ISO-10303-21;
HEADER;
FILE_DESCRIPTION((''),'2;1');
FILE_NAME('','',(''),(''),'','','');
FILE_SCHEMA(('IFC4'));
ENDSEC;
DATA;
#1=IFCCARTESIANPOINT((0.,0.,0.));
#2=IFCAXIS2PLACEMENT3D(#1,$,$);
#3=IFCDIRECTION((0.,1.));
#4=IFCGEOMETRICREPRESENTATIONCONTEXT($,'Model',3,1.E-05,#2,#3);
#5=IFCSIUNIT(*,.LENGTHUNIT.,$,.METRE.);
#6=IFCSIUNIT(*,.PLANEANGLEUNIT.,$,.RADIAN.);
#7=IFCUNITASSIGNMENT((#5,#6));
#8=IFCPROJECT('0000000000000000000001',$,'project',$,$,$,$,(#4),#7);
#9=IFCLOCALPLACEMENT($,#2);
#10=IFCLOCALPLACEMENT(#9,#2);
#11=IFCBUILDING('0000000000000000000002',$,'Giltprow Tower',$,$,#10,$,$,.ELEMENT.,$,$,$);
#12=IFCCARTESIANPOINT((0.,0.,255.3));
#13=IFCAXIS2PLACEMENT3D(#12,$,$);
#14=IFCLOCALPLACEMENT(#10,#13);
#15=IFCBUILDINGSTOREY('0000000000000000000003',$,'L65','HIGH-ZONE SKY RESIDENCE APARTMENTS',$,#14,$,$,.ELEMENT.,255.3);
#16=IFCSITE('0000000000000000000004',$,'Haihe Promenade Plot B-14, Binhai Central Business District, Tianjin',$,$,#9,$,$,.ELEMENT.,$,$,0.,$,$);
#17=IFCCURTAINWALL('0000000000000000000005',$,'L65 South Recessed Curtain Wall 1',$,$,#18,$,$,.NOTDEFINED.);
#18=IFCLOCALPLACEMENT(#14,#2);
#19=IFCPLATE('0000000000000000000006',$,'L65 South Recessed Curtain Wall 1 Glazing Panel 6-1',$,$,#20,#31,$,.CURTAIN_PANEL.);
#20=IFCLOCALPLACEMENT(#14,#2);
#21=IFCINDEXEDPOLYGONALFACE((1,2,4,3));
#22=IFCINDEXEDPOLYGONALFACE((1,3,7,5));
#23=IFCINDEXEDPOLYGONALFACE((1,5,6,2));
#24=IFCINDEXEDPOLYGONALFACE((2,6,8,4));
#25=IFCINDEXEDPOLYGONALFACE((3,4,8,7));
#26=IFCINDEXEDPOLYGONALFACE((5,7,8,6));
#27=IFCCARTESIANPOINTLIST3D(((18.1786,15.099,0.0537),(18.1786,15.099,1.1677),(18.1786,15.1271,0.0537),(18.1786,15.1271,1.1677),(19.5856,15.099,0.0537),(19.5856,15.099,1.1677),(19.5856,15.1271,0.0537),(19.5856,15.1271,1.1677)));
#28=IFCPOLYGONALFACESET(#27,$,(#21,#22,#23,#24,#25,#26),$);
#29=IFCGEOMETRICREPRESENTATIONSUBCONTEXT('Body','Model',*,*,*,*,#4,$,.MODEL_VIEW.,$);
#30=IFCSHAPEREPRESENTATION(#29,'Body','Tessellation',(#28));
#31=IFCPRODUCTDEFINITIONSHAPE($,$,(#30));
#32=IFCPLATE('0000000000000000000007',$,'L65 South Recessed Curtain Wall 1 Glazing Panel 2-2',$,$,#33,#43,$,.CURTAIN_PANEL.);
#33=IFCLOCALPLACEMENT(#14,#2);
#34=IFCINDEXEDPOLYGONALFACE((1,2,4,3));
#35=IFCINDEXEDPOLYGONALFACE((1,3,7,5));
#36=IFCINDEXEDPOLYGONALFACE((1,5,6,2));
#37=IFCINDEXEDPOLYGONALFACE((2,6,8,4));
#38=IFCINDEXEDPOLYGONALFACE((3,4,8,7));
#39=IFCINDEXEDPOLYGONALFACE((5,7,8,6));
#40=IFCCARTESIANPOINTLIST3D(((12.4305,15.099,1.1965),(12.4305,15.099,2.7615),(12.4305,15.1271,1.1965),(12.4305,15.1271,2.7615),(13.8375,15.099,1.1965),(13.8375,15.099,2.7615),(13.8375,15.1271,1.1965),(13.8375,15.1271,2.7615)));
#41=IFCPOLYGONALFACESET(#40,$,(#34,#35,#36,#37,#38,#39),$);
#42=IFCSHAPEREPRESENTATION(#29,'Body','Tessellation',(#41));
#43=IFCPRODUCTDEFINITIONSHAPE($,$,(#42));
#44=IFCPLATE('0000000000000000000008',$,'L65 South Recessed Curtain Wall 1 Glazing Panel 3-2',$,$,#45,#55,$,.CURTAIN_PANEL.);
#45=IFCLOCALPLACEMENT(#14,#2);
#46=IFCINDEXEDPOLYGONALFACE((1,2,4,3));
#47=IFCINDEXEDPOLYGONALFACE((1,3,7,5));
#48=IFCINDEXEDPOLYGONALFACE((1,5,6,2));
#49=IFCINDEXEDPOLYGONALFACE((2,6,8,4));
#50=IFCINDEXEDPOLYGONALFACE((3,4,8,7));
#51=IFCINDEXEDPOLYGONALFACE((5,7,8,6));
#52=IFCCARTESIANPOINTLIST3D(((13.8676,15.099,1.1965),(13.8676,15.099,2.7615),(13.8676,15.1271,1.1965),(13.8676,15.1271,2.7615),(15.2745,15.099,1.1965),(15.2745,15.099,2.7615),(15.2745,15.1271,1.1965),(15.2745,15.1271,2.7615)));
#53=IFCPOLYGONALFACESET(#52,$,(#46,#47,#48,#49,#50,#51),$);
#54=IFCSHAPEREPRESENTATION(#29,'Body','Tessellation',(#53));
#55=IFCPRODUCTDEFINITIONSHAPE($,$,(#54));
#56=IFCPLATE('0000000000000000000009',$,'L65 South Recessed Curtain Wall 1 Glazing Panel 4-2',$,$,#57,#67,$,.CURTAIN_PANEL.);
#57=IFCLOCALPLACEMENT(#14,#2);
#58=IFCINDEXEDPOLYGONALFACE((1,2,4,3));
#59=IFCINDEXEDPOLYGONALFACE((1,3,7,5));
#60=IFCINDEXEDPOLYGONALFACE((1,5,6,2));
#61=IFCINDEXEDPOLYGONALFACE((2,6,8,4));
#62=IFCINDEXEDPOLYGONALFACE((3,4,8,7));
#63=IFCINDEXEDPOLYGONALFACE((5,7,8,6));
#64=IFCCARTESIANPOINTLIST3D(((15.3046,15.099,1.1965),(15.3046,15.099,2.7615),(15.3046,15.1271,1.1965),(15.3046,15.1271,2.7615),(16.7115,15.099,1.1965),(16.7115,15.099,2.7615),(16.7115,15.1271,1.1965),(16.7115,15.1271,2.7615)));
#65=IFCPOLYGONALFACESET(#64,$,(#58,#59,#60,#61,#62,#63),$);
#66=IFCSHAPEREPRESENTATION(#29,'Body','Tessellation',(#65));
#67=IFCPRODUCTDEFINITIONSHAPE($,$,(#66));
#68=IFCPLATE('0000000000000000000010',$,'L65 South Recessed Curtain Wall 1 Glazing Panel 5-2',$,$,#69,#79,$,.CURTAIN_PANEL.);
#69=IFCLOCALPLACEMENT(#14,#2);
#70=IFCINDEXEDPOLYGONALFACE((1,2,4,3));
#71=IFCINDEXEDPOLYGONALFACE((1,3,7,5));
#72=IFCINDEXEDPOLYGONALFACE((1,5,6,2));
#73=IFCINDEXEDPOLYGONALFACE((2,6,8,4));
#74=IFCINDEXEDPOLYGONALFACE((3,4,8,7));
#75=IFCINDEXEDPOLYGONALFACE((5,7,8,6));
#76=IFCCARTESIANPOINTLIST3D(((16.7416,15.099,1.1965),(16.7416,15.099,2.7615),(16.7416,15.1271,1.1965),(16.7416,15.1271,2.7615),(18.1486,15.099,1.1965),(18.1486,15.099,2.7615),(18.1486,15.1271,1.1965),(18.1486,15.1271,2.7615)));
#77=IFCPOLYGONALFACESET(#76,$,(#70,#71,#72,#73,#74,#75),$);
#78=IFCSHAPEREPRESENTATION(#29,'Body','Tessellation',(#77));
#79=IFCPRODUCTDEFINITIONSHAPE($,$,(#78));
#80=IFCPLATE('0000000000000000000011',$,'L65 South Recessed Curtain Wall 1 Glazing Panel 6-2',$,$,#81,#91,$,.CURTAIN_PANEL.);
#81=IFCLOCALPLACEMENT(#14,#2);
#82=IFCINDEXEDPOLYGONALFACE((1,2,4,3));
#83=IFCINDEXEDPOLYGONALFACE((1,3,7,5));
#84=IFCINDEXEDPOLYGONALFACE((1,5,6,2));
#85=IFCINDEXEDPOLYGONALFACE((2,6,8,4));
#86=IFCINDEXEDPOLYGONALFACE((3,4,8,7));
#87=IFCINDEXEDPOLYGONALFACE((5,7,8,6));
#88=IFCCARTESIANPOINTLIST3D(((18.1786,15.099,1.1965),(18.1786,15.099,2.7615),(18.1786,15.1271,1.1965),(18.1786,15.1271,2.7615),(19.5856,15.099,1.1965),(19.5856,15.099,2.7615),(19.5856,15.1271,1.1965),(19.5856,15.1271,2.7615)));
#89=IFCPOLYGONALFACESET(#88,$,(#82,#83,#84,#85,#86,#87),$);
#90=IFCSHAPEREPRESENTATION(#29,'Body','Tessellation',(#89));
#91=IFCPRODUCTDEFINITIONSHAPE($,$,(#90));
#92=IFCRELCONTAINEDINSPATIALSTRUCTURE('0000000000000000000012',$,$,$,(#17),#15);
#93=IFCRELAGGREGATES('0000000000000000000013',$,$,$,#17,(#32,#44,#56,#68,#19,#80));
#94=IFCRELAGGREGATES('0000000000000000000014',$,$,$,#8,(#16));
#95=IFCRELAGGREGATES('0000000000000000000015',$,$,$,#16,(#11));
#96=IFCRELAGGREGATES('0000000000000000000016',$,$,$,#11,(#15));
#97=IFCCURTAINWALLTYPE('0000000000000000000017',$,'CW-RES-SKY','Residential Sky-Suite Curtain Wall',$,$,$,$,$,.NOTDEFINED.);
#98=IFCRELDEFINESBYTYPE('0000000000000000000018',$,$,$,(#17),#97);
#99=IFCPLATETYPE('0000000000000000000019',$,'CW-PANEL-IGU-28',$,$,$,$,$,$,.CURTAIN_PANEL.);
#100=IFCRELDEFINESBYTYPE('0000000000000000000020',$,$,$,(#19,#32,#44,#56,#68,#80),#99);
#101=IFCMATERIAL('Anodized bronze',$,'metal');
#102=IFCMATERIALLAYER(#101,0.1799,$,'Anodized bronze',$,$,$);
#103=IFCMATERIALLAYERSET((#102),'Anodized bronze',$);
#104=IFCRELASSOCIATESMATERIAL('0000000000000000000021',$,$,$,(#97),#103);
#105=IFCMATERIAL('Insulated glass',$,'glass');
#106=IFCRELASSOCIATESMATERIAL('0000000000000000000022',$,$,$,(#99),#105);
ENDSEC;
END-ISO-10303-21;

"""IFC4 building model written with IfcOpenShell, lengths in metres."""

from ifc_helpers import new_model, si_unit, direction, frame, origin, origin_2d, place, context, subcontext, project, spatial, rectangle, extrude, source, transform, mapped, material, layer, layer_set, type_object, element, aggregate, save


model = new_model("IFC4")

# Units and contexts
model_context = context("Model", 3, precision=1e-05, world=origin(), true_north=direction((0.0, 1.0)))
body_context = subcontext(model_context, "Body", "Model", "MODEL_VIEW")
ifc_project = project(units=[si_unit("LENGTHUNIT", "METRE"), si_unit("PLANEANGLEUNIT", "RADIAN")], contexts=[model_context])

# Site, building, storey
site_placement = place(None, origin())
site = spatial("IfcSite", under=ifc_project, at=site_placement, Name="Haihe Promenade Plot B-14, Binhai Central Business District, Tianjin", CompositionType="ELEMENT", RefElevation=0.0)
building_placement = place(site_placement, origin())
building = spatial("IfcBuilding", under=site, at=building_placement, Name="Giltprow Tower", CompositionType="ELEMENT")
storey_placement = place(building_placement, frame((0.0, 0.0, 255.3)))
storey = spatial("IfcBuildingStorey", under=building, at=storey_placement, Name="L65", Description="HIGH-ZONE SKY RESIDENCE APARTMENTS", CompositionType="ELEMENT", Elevation=255.3)

# Curtain wall
ifc_material_1 = material(Name="Anodized bronze", Category="metal")
ifc_layer = layer(ifc_material_1, 0.1799, Name="Anodized bronze")
ifc_layer_set = layer_set([ifc_layer], Name="Anodized bronze")
curtain_wall_type = type_object("IfcCurtainWallType", Name="CW-RES-SKY", Description="Residential Sky-Suite Curtain Wall", PredefinedType="NOTDEFINED", material=ifc_layer_set)
curtain_wall_placement = place(storey_placement, origin())
curtain_wall = element("IfcCurtainWall", 1, at=curtain_wall_placement, inside=storey, type_object=curtain_wall_type, Name="L65 South Recessed Curtain Wall 1", PredefinedType="NOTDEFINED")

# Plates
ifc_material_2 = material(Name="Insulated glass", Category="glass")
plate_type_1 = type_object("IfcPlateType", Name="CW-PANEL-IGU-28", PredefinedType="CURTAIN_PANEL", material=ifc_material_2)
shared_shape_1 = source(origin(), body_context, "Body", "SweptSolid", [
    extrude(rectangle(XDim=1.407, YDim=0.0281, at=origin_2d()), origin(), (0.0, 0.0, 1.0), 1.114),
])
plate_1_placement = place(storey_placement, frame((18.8821, 15.113, 0.0537), z_axis=(0.0, 0.0, 1.0), x_axis=(1.0, 0.0, 0.0)))
plate_1 = element("IfcPlate", 2, at=plate_1_placement, type_object=plate_type_1, Name="L65 South Recessed Curtain Wall 1 Glazing Panel 6-1", PredefinedType="CURTAIN_PANEL", context=body_context, shape_type="MappedRepresentation", body=[
    mapped(shared_shape_1, transform((0.0, 0.0, 0.0), x_axis=(1.0, 0.0, 0.0), y_axis=(0.0, 1.0, 0.0), z_axis=(0.0, 0.0, 1.0), scale=1.0)),
])
shared_shape_2 = source(origin(), body_context, "Body", "SweptSolid", [
    extrude(rectangle(XDim=1.407, YDim=0.0281, at=origin_2d()), origin(), (0.0, 0.0, 1.0), 1.5649),
])
plate_2_placement = place(storey_placement, frame((13.134, 15.113, 1.1965), z_axis=(0.0, 0.0, 1.0), x_axis=(1.0, 0.0, 0.0)))
plate_2 = element("IfcPlate", 3, at=plate_2_placement, type_object=plate_type_1, Name="L65 South Recessed Curtain Wall 1 Glazing Panel 2-2", PredefinedType="CURTAIN_PANEL", context=body_context, shape_type="MappedRepresentation", body=[
    mapped(shared_shape_2, transform((0.0, 0.0, 0.0), x_axis=(1.0, 0.0, 0.0), y_axis=(0.0, 1.0, 0.0), z_axis=(0.0, 0.0, 1.0), scale=1.0)),
])
plate_3_placement = place(storey_placement, frame((14.571, 15.113, 1.1965), z_axis=(0.0, 0.0, 1.0), x_axis=(1.0, 0.0, 0.0)))
plate_3 = element("IfcPlate", 4, at=plate_3_placement, type_object=plate_type_1, Name="L65 South Recessed Curtain Wall 1 Glazing Panel 3-2", PredefinedType="CURTAIN_PANEL", context=body_context, shape_type="MappedRepresentation", body=[
    mapped(shared_shape_2, transform((0.0, 0.0, 0.0), x_axis=(1.0, 0.0, 0.0), y_axis=(0.0, 1.0, 0.0), z_axis=(0.0, 0.0, 1.0), scale=1.0)),
])
plate_4_placement = place(storey_placement, frame((16.0081, 15.113, 1.1965), z_axis=(0.0, 0.0, 1.0), x_axis=(1.0, 0.0, 0.0)))
plate_4 = element("IfcPlate", 5, at=plate_4_placement, type_object=plate_type_1, Name="L65 South Recessed Curtain Wall 1 Glazing Panel 4-2", PredefinedType="CURTAIN_PANEL", context=body_context, shape_type="MappedRepresentation", body=[
    mapped(shared_shape_2, transform((0.0, 0.0, 0.0), x_axis=(1.0, 0.0, 0.0), y_axis=(0.0, 1.0, 0.0), z_axis=(0.0, 0.0, 1.0), scale=1.0)),
])
plate_5_placement = place(storey_placement, frame((17.4451, 15.113, 1.1965), z_axis=(0.0, 0.0, 1.0), x_axis=(1.0, 0.0, 0.0)))
plate_5 = element("IfcPlate", 6, at=plate_5_placement, type_object=plate_type_1, Name="L65 South Recessed Curtain Wall 1 Glazing Panel 5-2", PredefinedType="CURTAIN_PANEL", context=body_context, shape_type="MappedRepresentation", body=[
    mapped(shared_shape_2, transform((0.0, 0.0, 0.0), x_axis=(1.0, 0.0, 0.0), y_axis=(0.0, 1.0, 0.0), z_axis=(0.0, 0.0, 1.0), scale=1.0)),
])
plate_6_placement = place(storey_placement, frame((18.8821, 15.113, 1.1965), z_axis=(0.0, 0.0, 1.0), x_axis=(1.0, 0.0, 0.0)))
plate_6 = element("IfcPlate", 7, at=plate_6_placement, type_object=plate_type_1, Name="L65 South Recessed Curtain Wall 1 Glazing Panel 6-2", PredefinedType="CURTAIN_PANEL", context=body_context, shape_type="MappedRepresentation", body=[
    mapped(shared_shape_2, transform((0.0, 0.0, 0.0), x_axis=(1.0, 0.0, 0.0), y_axis=(0.0, 1.0, 0.0), z_axis=(0.0, 0.0, 1.0), scale=1.0)),
])
aggregate(curtain_wall, [plate_2, plate_3, plate_4, plate_5, plate_1, plate_6])

save(model, "model.ifc")
